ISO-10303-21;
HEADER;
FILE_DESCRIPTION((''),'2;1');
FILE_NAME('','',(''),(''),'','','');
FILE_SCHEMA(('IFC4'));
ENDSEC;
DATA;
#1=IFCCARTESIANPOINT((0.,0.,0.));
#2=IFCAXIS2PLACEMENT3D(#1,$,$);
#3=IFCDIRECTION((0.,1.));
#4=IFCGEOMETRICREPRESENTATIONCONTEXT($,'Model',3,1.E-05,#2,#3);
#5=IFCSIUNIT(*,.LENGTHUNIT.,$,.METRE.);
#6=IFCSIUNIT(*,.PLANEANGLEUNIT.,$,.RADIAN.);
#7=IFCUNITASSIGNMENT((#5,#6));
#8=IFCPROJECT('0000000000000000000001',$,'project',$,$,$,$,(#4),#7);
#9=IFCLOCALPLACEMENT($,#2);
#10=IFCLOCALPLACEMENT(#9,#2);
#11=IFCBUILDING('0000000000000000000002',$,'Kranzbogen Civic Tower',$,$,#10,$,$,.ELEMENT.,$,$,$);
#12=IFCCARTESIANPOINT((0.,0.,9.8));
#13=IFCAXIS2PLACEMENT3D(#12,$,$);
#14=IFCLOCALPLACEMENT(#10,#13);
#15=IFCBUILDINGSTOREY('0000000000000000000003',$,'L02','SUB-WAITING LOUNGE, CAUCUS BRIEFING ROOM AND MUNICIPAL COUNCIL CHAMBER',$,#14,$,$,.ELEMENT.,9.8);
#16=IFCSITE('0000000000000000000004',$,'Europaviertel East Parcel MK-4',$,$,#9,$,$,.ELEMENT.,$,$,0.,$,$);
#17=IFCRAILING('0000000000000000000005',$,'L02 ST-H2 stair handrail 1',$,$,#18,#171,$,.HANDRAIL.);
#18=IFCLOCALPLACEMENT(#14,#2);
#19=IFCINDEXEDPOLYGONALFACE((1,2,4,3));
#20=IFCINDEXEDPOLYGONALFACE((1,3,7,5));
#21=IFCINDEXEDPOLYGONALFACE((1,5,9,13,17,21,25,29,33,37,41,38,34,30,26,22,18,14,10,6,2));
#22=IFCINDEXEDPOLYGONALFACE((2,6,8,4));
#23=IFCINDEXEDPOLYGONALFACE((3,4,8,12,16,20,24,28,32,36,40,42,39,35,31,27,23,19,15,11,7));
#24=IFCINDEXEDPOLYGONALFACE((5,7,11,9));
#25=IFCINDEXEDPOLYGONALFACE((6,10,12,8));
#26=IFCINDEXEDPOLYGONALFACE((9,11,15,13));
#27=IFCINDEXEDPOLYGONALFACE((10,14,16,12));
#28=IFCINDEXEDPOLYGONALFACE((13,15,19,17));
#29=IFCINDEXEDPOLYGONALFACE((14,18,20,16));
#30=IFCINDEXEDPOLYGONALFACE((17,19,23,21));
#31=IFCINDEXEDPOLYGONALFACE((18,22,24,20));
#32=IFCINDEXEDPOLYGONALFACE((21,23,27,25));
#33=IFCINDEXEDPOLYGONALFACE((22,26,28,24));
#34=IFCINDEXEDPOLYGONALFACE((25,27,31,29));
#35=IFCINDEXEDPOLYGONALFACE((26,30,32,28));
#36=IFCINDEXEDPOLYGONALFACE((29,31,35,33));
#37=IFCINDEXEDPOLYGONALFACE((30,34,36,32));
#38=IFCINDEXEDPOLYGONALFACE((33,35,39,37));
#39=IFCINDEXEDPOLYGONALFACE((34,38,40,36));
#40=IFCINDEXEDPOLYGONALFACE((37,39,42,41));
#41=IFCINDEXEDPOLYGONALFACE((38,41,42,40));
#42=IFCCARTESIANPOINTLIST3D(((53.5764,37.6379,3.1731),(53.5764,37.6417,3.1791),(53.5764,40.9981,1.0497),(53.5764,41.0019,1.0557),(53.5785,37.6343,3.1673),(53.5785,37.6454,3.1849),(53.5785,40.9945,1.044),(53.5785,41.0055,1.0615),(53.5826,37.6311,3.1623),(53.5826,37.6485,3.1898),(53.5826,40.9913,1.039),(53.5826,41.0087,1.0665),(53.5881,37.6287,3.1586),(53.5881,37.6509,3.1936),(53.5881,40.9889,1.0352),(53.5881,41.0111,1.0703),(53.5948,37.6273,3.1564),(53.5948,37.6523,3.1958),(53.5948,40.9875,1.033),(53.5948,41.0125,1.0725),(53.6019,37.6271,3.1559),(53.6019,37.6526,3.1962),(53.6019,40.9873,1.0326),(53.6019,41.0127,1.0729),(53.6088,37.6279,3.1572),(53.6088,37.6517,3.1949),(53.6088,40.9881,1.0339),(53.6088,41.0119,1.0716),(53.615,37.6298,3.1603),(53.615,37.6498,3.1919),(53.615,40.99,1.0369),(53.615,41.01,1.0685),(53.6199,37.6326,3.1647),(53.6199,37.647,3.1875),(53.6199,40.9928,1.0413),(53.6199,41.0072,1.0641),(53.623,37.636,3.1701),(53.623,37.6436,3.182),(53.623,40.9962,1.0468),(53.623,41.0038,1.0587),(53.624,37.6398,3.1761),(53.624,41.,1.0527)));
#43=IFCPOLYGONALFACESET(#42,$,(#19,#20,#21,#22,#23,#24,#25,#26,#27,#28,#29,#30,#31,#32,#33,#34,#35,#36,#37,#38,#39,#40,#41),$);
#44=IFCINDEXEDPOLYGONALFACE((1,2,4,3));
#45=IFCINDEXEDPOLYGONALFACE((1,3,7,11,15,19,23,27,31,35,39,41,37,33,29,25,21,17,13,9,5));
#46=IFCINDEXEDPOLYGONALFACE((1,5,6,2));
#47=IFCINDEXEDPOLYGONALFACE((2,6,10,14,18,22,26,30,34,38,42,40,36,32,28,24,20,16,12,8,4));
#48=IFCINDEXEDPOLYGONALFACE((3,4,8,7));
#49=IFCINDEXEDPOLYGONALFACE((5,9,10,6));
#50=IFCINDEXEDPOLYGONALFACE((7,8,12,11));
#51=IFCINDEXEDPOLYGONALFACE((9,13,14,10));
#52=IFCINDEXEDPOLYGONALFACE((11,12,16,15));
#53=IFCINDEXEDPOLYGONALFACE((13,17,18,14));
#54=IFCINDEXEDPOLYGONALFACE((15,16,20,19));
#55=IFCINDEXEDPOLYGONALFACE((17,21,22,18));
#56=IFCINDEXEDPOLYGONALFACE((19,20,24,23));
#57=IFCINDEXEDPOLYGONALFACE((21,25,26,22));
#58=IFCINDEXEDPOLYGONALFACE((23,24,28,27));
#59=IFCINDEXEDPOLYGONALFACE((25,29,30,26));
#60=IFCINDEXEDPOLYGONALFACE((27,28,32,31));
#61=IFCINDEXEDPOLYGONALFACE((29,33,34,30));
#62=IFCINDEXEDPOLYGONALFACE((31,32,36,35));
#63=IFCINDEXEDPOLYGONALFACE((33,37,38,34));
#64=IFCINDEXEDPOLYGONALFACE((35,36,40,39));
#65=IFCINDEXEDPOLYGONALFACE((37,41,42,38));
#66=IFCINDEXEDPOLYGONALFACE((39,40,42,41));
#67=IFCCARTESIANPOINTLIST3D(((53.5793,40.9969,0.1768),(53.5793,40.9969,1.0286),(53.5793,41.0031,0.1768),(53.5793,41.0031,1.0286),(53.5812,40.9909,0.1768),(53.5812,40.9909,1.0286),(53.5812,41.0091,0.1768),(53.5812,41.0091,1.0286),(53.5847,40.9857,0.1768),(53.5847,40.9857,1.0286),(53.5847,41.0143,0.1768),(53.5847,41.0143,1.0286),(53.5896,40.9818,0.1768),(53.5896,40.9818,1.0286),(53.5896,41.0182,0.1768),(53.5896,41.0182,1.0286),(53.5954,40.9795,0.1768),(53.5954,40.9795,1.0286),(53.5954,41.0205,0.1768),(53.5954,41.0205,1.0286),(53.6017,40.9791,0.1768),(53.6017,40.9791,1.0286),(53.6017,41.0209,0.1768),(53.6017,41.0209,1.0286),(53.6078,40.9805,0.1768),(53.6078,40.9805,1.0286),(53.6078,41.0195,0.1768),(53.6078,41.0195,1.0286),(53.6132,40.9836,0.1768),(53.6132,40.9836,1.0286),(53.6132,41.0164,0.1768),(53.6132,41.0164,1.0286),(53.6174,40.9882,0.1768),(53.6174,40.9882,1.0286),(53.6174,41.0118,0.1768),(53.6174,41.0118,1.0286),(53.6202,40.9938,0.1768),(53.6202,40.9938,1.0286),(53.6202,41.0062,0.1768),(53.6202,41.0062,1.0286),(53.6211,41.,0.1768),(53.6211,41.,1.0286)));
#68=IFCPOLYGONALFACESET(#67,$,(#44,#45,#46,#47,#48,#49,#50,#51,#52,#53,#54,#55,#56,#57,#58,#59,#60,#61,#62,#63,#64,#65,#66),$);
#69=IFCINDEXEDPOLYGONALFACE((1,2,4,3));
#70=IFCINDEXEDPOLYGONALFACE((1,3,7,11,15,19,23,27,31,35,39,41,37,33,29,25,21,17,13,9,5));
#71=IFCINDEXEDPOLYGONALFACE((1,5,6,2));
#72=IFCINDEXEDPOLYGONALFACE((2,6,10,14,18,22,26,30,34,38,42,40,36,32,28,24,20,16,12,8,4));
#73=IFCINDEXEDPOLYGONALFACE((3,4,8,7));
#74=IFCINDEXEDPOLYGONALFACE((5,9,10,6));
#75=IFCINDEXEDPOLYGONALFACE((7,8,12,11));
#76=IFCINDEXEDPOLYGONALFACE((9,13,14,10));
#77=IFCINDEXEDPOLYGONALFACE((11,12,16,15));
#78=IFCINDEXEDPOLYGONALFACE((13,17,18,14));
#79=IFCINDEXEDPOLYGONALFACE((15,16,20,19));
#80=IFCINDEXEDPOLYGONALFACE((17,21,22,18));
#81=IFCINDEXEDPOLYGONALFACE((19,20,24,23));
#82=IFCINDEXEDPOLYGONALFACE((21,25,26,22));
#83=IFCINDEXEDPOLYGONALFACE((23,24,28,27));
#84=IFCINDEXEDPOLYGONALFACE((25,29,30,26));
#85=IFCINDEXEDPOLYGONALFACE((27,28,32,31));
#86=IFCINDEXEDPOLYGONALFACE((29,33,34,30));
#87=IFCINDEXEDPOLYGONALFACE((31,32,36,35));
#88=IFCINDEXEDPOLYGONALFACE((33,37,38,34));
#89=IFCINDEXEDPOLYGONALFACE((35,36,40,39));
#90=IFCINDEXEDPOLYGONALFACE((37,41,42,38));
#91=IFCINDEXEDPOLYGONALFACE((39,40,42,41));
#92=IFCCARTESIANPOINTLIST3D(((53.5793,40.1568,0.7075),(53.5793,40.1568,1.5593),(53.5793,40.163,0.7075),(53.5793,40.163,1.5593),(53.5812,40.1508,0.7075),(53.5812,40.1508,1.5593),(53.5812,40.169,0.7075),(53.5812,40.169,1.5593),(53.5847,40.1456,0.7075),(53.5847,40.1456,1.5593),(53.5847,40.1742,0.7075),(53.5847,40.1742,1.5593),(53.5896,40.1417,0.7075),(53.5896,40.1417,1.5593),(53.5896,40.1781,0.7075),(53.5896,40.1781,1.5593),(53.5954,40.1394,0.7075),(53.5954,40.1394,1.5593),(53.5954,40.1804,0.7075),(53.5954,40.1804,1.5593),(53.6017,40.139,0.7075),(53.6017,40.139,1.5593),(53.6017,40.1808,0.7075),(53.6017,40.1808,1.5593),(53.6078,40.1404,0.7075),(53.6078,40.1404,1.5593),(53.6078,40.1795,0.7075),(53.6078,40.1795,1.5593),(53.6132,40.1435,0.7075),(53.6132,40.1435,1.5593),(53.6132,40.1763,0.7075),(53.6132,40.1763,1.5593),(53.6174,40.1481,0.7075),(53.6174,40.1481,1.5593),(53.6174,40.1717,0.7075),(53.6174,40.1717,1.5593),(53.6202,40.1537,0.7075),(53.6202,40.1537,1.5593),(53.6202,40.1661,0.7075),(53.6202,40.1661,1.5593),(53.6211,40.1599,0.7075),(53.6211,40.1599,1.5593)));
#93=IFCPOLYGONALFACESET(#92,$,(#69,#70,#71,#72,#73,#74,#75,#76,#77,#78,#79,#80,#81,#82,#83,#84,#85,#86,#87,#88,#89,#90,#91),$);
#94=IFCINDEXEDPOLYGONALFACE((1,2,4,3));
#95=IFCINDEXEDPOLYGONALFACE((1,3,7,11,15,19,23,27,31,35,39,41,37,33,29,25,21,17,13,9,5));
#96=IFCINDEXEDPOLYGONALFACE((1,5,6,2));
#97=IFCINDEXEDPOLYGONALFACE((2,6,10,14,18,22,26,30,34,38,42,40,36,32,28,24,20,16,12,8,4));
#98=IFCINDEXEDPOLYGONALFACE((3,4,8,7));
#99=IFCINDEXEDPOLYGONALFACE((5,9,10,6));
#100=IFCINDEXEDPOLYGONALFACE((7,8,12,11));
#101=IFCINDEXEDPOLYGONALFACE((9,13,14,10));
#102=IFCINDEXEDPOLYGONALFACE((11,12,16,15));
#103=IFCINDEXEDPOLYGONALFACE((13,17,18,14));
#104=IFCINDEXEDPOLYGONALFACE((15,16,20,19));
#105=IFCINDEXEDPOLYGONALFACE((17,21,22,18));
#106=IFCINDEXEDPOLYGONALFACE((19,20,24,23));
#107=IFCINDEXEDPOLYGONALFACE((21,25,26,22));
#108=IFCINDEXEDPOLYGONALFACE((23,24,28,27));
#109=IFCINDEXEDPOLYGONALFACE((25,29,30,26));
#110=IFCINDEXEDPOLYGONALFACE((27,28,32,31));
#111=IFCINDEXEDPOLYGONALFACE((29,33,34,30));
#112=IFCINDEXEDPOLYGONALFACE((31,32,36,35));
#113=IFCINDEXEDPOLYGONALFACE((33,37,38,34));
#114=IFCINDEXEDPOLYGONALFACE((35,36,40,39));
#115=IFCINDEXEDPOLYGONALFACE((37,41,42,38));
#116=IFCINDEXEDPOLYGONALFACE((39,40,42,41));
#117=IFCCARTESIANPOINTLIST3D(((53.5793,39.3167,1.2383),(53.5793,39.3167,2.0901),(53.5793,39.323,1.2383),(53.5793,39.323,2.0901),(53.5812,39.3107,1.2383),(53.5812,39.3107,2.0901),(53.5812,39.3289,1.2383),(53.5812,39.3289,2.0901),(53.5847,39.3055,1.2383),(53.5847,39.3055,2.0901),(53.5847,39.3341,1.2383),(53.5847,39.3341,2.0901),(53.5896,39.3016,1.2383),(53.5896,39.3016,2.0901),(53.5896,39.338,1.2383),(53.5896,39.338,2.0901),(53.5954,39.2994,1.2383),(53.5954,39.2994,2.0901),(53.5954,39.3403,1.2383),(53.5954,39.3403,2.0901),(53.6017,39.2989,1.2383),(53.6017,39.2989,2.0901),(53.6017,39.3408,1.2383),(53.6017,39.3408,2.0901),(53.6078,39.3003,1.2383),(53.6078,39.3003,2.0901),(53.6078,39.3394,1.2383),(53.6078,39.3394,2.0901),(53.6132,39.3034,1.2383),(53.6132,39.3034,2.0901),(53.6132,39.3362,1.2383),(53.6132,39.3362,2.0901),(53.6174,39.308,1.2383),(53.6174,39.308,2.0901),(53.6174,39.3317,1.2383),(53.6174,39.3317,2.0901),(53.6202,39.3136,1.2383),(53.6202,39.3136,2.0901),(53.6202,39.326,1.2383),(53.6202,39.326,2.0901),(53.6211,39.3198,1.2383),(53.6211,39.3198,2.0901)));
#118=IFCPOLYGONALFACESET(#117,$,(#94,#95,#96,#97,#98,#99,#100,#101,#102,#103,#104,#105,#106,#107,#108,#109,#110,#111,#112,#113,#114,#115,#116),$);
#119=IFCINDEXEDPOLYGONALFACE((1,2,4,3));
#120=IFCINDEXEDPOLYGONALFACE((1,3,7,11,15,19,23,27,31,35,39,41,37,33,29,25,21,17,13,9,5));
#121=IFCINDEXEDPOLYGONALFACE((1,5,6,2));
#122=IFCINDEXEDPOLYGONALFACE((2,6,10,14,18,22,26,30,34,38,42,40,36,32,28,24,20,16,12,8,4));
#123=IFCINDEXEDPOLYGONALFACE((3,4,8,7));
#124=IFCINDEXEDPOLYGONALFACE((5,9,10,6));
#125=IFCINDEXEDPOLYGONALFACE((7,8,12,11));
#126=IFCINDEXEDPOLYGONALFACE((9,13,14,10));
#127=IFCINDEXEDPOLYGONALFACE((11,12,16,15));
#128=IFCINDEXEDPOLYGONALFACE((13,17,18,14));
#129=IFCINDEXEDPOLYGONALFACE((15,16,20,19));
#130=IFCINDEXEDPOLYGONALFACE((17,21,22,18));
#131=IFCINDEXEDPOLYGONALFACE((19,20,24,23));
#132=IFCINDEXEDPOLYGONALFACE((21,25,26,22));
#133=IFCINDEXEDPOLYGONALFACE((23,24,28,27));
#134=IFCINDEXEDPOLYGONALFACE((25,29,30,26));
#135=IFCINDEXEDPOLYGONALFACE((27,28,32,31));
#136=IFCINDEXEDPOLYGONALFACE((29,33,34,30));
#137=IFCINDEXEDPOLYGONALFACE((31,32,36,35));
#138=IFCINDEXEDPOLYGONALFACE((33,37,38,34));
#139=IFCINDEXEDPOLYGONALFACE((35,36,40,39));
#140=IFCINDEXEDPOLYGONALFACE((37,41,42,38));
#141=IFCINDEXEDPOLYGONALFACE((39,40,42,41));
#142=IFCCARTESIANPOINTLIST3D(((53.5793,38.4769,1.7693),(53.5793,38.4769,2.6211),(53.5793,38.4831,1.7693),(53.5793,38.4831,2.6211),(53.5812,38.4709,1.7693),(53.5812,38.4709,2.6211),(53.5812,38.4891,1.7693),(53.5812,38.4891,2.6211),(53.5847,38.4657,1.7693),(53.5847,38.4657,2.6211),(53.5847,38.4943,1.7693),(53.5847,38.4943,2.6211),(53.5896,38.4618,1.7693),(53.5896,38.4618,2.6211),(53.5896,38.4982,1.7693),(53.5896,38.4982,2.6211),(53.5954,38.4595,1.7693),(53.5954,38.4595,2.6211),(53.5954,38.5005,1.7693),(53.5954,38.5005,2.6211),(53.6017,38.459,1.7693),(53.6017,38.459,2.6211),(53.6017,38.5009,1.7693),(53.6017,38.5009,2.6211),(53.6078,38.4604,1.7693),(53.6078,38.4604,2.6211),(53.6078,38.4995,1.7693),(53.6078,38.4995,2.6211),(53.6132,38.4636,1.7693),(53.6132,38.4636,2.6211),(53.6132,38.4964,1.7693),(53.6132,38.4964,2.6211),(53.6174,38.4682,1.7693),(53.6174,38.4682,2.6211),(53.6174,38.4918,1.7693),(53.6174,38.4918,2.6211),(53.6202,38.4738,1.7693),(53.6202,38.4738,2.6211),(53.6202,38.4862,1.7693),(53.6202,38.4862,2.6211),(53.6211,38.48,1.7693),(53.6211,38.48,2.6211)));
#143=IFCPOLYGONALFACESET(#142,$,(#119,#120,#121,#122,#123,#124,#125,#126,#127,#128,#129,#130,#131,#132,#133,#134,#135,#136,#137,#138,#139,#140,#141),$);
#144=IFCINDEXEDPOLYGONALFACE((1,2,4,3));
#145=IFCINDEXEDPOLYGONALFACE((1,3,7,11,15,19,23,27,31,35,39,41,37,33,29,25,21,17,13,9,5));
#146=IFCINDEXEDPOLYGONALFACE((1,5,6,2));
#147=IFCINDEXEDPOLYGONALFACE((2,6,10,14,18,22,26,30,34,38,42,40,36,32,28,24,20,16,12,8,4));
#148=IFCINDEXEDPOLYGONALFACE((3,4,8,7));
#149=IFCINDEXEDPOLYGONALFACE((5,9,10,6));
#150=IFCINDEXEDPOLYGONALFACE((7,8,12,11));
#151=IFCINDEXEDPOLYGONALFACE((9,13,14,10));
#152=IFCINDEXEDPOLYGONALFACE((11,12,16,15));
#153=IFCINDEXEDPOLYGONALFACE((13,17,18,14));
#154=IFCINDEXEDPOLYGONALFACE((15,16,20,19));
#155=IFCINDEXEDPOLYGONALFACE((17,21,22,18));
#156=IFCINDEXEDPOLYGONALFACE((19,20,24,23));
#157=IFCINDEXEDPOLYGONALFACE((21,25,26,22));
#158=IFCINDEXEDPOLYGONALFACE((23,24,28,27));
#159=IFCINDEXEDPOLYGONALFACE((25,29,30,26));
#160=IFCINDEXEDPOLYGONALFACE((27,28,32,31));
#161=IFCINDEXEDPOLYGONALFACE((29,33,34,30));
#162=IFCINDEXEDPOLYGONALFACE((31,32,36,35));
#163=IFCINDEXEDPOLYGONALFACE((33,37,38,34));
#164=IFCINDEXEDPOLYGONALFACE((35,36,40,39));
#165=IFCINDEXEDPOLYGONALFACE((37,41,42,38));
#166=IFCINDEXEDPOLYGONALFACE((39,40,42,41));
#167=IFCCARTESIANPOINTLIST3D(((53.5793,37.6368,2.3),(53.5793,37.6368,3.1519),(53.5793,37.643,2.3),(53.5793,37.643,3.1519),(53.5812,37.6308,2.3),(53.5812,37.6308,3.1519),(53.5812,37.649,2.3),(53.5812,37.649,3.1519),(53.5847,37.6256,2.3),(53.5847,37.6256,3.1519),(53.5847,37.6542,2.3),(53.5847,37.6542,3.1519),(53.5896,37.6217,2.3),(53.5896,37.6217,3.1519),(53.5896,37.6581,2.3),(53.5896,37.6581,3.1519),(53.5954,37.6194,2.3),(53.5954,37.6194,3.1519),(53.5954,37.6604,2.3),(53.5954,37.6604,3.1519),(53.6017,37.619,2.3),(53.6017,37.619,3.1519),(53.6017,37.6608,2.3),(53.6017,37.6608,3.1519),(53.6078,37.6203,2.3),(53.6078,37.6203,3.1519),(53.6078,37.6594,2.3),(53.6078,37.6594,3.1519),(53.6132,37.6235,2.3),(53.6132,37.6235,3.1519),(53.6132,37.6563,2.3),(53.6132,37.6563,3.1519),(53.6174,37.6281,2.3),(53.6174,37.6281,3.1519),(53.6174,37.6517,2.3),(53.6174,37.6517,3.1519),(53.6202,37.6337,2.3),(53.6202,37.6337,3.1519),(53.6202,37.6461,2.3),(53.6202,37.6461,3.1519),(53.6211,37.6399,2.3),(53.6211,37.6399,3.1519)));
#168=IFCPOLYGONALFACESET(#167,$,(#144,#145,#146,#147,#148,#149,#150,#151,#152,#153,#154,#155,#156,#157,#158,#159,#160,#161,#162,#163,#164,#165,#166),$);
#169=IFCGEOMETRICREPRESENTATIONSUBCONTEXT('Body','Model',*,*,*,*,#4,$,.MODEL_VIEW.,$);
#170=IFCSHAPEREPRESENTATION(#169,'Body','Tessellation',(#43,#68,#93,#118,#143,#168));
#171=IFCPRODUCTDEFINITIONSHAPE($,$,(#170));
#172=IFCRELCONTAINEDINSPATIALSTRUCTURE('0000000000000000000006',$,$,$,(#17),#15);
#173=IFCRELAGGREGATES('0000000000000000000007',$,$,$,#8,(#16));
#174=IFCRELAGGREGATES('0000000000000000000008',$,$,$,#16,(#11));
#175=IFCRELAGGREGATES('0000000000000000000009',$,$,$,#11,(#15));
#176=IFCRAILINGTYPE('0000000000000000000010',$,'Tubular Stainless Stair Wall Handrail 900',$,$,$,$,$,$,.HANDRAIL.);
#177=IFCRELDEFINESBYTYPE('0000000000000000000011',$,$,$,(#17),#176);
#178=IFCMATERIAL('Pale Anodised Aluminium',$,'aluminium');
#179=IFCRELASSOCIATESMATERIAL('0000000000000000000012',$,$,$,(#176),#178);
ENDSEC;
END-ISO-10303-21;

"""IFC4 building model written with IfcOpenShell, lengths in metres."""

from ifc_helpers import new_model, si_unit, direction, frame, origin, origin_2d, place, context, subcontext, project, spatial, circle, extrude, material, type_object, element, save


model = new_model("IFC4")

# Units and contexts
model_context = context("Model", 3, precision=1e-05, world=origin(), true_north=direction((0.0, 1.0)))
body_context = subcontext(model_context, "Body", "Model", "MODEL_VIEW")
ifc_project = project(units=[si_unit("LENGTHUNIT", "METRE"), si_unit("PLANEANGLEUNIT", "RADIAN")], contexts=[model_context])

# Site, building, storey
site_placement = place(None, origin())
site = spatial("IfcSite", under=ifc_project, at=site_placement, Name="Europaviertel East Parcel MK-4", CompositionType="ELEMENT", RefElevation=0.0)
building_placement = place(site_placement, origin())
building = spatial("IfcBuilding", under=site, at=building_placement, Name="Kranzbogen Civic Tower", CompositionType="ELEMENT")
storey_placement = place(building_placement, frame((0.0, 0.0, 9.8)))
storey = spatial("IfcBuildingStorey", under=building, at=storey_placement, Name="L02", Description="SUB-WAITING LOUNGE, CAUCUS BRIEFING ROOM AND MUNICIPAL COUNCIL CHAMBER", CompositionType="ELEMENT", Elevation=9.8)

# Shared definitions
ifc_material_1 = material(Name="Pale Anodised Aluminium", Category="aluminium")

# Railing
railing_type_1 = type_object("IfcRailingType", Name="Tubular Stainless Stair Wall Handrail 900", PredefinedType="HANDRAIL", material=ifc_material_1)
railing_1_placement = place(storey_placement, frame((53.6001, 41.0, 0.1768)))
element("IfcRailing", 1, at=railing_1_placement, inside=storey, type_object=railing_type_1, Name="L02 ST-H2 stair handrail 1", PredefinedType="HANDRAIL", context=body_context, shape_type="SweptSolid", body=[
    extrude(circle(Radius=0.0239, at=origin_2d()), frame((0.0, 0.0, 0.876), z_axis=(0.0, -0.845362, 0.534194), x_axis=(1.0, 0.0, 0.0)), (0.0, 0.0, 1.0), 3.9749),
    extrude(circle(Radius=0.021, at=origin_2d()), origin(), (0.0, 0.0, 1.0), 0.8518),
    extrude(circle(Radius=0.021, at=origin_2d()), frame((0.0, -0.8401, 0.5308)), (0.0, 0.0, 1.0), 0.8518),
    extrude(circle(Radius=0.021, at=origin_2d()), frame((0.0, -1.6802, 1.0615)), (0.0, 0.0, 1.0), 0.8518),
    extrude(circle(Radius=0.021, at=origin_2d()), frame((0.0, -2.52, 1.5925)), (0.0, 0.0, 1.0), 0.8518),
    extrude(circle(Radius=0.021, at=origin_2d()), frame((0.0, -3.3601, 2.1233)), (0.0, 0.0, 1.0), 0.8518),
])

save(model, "model.ifc")
